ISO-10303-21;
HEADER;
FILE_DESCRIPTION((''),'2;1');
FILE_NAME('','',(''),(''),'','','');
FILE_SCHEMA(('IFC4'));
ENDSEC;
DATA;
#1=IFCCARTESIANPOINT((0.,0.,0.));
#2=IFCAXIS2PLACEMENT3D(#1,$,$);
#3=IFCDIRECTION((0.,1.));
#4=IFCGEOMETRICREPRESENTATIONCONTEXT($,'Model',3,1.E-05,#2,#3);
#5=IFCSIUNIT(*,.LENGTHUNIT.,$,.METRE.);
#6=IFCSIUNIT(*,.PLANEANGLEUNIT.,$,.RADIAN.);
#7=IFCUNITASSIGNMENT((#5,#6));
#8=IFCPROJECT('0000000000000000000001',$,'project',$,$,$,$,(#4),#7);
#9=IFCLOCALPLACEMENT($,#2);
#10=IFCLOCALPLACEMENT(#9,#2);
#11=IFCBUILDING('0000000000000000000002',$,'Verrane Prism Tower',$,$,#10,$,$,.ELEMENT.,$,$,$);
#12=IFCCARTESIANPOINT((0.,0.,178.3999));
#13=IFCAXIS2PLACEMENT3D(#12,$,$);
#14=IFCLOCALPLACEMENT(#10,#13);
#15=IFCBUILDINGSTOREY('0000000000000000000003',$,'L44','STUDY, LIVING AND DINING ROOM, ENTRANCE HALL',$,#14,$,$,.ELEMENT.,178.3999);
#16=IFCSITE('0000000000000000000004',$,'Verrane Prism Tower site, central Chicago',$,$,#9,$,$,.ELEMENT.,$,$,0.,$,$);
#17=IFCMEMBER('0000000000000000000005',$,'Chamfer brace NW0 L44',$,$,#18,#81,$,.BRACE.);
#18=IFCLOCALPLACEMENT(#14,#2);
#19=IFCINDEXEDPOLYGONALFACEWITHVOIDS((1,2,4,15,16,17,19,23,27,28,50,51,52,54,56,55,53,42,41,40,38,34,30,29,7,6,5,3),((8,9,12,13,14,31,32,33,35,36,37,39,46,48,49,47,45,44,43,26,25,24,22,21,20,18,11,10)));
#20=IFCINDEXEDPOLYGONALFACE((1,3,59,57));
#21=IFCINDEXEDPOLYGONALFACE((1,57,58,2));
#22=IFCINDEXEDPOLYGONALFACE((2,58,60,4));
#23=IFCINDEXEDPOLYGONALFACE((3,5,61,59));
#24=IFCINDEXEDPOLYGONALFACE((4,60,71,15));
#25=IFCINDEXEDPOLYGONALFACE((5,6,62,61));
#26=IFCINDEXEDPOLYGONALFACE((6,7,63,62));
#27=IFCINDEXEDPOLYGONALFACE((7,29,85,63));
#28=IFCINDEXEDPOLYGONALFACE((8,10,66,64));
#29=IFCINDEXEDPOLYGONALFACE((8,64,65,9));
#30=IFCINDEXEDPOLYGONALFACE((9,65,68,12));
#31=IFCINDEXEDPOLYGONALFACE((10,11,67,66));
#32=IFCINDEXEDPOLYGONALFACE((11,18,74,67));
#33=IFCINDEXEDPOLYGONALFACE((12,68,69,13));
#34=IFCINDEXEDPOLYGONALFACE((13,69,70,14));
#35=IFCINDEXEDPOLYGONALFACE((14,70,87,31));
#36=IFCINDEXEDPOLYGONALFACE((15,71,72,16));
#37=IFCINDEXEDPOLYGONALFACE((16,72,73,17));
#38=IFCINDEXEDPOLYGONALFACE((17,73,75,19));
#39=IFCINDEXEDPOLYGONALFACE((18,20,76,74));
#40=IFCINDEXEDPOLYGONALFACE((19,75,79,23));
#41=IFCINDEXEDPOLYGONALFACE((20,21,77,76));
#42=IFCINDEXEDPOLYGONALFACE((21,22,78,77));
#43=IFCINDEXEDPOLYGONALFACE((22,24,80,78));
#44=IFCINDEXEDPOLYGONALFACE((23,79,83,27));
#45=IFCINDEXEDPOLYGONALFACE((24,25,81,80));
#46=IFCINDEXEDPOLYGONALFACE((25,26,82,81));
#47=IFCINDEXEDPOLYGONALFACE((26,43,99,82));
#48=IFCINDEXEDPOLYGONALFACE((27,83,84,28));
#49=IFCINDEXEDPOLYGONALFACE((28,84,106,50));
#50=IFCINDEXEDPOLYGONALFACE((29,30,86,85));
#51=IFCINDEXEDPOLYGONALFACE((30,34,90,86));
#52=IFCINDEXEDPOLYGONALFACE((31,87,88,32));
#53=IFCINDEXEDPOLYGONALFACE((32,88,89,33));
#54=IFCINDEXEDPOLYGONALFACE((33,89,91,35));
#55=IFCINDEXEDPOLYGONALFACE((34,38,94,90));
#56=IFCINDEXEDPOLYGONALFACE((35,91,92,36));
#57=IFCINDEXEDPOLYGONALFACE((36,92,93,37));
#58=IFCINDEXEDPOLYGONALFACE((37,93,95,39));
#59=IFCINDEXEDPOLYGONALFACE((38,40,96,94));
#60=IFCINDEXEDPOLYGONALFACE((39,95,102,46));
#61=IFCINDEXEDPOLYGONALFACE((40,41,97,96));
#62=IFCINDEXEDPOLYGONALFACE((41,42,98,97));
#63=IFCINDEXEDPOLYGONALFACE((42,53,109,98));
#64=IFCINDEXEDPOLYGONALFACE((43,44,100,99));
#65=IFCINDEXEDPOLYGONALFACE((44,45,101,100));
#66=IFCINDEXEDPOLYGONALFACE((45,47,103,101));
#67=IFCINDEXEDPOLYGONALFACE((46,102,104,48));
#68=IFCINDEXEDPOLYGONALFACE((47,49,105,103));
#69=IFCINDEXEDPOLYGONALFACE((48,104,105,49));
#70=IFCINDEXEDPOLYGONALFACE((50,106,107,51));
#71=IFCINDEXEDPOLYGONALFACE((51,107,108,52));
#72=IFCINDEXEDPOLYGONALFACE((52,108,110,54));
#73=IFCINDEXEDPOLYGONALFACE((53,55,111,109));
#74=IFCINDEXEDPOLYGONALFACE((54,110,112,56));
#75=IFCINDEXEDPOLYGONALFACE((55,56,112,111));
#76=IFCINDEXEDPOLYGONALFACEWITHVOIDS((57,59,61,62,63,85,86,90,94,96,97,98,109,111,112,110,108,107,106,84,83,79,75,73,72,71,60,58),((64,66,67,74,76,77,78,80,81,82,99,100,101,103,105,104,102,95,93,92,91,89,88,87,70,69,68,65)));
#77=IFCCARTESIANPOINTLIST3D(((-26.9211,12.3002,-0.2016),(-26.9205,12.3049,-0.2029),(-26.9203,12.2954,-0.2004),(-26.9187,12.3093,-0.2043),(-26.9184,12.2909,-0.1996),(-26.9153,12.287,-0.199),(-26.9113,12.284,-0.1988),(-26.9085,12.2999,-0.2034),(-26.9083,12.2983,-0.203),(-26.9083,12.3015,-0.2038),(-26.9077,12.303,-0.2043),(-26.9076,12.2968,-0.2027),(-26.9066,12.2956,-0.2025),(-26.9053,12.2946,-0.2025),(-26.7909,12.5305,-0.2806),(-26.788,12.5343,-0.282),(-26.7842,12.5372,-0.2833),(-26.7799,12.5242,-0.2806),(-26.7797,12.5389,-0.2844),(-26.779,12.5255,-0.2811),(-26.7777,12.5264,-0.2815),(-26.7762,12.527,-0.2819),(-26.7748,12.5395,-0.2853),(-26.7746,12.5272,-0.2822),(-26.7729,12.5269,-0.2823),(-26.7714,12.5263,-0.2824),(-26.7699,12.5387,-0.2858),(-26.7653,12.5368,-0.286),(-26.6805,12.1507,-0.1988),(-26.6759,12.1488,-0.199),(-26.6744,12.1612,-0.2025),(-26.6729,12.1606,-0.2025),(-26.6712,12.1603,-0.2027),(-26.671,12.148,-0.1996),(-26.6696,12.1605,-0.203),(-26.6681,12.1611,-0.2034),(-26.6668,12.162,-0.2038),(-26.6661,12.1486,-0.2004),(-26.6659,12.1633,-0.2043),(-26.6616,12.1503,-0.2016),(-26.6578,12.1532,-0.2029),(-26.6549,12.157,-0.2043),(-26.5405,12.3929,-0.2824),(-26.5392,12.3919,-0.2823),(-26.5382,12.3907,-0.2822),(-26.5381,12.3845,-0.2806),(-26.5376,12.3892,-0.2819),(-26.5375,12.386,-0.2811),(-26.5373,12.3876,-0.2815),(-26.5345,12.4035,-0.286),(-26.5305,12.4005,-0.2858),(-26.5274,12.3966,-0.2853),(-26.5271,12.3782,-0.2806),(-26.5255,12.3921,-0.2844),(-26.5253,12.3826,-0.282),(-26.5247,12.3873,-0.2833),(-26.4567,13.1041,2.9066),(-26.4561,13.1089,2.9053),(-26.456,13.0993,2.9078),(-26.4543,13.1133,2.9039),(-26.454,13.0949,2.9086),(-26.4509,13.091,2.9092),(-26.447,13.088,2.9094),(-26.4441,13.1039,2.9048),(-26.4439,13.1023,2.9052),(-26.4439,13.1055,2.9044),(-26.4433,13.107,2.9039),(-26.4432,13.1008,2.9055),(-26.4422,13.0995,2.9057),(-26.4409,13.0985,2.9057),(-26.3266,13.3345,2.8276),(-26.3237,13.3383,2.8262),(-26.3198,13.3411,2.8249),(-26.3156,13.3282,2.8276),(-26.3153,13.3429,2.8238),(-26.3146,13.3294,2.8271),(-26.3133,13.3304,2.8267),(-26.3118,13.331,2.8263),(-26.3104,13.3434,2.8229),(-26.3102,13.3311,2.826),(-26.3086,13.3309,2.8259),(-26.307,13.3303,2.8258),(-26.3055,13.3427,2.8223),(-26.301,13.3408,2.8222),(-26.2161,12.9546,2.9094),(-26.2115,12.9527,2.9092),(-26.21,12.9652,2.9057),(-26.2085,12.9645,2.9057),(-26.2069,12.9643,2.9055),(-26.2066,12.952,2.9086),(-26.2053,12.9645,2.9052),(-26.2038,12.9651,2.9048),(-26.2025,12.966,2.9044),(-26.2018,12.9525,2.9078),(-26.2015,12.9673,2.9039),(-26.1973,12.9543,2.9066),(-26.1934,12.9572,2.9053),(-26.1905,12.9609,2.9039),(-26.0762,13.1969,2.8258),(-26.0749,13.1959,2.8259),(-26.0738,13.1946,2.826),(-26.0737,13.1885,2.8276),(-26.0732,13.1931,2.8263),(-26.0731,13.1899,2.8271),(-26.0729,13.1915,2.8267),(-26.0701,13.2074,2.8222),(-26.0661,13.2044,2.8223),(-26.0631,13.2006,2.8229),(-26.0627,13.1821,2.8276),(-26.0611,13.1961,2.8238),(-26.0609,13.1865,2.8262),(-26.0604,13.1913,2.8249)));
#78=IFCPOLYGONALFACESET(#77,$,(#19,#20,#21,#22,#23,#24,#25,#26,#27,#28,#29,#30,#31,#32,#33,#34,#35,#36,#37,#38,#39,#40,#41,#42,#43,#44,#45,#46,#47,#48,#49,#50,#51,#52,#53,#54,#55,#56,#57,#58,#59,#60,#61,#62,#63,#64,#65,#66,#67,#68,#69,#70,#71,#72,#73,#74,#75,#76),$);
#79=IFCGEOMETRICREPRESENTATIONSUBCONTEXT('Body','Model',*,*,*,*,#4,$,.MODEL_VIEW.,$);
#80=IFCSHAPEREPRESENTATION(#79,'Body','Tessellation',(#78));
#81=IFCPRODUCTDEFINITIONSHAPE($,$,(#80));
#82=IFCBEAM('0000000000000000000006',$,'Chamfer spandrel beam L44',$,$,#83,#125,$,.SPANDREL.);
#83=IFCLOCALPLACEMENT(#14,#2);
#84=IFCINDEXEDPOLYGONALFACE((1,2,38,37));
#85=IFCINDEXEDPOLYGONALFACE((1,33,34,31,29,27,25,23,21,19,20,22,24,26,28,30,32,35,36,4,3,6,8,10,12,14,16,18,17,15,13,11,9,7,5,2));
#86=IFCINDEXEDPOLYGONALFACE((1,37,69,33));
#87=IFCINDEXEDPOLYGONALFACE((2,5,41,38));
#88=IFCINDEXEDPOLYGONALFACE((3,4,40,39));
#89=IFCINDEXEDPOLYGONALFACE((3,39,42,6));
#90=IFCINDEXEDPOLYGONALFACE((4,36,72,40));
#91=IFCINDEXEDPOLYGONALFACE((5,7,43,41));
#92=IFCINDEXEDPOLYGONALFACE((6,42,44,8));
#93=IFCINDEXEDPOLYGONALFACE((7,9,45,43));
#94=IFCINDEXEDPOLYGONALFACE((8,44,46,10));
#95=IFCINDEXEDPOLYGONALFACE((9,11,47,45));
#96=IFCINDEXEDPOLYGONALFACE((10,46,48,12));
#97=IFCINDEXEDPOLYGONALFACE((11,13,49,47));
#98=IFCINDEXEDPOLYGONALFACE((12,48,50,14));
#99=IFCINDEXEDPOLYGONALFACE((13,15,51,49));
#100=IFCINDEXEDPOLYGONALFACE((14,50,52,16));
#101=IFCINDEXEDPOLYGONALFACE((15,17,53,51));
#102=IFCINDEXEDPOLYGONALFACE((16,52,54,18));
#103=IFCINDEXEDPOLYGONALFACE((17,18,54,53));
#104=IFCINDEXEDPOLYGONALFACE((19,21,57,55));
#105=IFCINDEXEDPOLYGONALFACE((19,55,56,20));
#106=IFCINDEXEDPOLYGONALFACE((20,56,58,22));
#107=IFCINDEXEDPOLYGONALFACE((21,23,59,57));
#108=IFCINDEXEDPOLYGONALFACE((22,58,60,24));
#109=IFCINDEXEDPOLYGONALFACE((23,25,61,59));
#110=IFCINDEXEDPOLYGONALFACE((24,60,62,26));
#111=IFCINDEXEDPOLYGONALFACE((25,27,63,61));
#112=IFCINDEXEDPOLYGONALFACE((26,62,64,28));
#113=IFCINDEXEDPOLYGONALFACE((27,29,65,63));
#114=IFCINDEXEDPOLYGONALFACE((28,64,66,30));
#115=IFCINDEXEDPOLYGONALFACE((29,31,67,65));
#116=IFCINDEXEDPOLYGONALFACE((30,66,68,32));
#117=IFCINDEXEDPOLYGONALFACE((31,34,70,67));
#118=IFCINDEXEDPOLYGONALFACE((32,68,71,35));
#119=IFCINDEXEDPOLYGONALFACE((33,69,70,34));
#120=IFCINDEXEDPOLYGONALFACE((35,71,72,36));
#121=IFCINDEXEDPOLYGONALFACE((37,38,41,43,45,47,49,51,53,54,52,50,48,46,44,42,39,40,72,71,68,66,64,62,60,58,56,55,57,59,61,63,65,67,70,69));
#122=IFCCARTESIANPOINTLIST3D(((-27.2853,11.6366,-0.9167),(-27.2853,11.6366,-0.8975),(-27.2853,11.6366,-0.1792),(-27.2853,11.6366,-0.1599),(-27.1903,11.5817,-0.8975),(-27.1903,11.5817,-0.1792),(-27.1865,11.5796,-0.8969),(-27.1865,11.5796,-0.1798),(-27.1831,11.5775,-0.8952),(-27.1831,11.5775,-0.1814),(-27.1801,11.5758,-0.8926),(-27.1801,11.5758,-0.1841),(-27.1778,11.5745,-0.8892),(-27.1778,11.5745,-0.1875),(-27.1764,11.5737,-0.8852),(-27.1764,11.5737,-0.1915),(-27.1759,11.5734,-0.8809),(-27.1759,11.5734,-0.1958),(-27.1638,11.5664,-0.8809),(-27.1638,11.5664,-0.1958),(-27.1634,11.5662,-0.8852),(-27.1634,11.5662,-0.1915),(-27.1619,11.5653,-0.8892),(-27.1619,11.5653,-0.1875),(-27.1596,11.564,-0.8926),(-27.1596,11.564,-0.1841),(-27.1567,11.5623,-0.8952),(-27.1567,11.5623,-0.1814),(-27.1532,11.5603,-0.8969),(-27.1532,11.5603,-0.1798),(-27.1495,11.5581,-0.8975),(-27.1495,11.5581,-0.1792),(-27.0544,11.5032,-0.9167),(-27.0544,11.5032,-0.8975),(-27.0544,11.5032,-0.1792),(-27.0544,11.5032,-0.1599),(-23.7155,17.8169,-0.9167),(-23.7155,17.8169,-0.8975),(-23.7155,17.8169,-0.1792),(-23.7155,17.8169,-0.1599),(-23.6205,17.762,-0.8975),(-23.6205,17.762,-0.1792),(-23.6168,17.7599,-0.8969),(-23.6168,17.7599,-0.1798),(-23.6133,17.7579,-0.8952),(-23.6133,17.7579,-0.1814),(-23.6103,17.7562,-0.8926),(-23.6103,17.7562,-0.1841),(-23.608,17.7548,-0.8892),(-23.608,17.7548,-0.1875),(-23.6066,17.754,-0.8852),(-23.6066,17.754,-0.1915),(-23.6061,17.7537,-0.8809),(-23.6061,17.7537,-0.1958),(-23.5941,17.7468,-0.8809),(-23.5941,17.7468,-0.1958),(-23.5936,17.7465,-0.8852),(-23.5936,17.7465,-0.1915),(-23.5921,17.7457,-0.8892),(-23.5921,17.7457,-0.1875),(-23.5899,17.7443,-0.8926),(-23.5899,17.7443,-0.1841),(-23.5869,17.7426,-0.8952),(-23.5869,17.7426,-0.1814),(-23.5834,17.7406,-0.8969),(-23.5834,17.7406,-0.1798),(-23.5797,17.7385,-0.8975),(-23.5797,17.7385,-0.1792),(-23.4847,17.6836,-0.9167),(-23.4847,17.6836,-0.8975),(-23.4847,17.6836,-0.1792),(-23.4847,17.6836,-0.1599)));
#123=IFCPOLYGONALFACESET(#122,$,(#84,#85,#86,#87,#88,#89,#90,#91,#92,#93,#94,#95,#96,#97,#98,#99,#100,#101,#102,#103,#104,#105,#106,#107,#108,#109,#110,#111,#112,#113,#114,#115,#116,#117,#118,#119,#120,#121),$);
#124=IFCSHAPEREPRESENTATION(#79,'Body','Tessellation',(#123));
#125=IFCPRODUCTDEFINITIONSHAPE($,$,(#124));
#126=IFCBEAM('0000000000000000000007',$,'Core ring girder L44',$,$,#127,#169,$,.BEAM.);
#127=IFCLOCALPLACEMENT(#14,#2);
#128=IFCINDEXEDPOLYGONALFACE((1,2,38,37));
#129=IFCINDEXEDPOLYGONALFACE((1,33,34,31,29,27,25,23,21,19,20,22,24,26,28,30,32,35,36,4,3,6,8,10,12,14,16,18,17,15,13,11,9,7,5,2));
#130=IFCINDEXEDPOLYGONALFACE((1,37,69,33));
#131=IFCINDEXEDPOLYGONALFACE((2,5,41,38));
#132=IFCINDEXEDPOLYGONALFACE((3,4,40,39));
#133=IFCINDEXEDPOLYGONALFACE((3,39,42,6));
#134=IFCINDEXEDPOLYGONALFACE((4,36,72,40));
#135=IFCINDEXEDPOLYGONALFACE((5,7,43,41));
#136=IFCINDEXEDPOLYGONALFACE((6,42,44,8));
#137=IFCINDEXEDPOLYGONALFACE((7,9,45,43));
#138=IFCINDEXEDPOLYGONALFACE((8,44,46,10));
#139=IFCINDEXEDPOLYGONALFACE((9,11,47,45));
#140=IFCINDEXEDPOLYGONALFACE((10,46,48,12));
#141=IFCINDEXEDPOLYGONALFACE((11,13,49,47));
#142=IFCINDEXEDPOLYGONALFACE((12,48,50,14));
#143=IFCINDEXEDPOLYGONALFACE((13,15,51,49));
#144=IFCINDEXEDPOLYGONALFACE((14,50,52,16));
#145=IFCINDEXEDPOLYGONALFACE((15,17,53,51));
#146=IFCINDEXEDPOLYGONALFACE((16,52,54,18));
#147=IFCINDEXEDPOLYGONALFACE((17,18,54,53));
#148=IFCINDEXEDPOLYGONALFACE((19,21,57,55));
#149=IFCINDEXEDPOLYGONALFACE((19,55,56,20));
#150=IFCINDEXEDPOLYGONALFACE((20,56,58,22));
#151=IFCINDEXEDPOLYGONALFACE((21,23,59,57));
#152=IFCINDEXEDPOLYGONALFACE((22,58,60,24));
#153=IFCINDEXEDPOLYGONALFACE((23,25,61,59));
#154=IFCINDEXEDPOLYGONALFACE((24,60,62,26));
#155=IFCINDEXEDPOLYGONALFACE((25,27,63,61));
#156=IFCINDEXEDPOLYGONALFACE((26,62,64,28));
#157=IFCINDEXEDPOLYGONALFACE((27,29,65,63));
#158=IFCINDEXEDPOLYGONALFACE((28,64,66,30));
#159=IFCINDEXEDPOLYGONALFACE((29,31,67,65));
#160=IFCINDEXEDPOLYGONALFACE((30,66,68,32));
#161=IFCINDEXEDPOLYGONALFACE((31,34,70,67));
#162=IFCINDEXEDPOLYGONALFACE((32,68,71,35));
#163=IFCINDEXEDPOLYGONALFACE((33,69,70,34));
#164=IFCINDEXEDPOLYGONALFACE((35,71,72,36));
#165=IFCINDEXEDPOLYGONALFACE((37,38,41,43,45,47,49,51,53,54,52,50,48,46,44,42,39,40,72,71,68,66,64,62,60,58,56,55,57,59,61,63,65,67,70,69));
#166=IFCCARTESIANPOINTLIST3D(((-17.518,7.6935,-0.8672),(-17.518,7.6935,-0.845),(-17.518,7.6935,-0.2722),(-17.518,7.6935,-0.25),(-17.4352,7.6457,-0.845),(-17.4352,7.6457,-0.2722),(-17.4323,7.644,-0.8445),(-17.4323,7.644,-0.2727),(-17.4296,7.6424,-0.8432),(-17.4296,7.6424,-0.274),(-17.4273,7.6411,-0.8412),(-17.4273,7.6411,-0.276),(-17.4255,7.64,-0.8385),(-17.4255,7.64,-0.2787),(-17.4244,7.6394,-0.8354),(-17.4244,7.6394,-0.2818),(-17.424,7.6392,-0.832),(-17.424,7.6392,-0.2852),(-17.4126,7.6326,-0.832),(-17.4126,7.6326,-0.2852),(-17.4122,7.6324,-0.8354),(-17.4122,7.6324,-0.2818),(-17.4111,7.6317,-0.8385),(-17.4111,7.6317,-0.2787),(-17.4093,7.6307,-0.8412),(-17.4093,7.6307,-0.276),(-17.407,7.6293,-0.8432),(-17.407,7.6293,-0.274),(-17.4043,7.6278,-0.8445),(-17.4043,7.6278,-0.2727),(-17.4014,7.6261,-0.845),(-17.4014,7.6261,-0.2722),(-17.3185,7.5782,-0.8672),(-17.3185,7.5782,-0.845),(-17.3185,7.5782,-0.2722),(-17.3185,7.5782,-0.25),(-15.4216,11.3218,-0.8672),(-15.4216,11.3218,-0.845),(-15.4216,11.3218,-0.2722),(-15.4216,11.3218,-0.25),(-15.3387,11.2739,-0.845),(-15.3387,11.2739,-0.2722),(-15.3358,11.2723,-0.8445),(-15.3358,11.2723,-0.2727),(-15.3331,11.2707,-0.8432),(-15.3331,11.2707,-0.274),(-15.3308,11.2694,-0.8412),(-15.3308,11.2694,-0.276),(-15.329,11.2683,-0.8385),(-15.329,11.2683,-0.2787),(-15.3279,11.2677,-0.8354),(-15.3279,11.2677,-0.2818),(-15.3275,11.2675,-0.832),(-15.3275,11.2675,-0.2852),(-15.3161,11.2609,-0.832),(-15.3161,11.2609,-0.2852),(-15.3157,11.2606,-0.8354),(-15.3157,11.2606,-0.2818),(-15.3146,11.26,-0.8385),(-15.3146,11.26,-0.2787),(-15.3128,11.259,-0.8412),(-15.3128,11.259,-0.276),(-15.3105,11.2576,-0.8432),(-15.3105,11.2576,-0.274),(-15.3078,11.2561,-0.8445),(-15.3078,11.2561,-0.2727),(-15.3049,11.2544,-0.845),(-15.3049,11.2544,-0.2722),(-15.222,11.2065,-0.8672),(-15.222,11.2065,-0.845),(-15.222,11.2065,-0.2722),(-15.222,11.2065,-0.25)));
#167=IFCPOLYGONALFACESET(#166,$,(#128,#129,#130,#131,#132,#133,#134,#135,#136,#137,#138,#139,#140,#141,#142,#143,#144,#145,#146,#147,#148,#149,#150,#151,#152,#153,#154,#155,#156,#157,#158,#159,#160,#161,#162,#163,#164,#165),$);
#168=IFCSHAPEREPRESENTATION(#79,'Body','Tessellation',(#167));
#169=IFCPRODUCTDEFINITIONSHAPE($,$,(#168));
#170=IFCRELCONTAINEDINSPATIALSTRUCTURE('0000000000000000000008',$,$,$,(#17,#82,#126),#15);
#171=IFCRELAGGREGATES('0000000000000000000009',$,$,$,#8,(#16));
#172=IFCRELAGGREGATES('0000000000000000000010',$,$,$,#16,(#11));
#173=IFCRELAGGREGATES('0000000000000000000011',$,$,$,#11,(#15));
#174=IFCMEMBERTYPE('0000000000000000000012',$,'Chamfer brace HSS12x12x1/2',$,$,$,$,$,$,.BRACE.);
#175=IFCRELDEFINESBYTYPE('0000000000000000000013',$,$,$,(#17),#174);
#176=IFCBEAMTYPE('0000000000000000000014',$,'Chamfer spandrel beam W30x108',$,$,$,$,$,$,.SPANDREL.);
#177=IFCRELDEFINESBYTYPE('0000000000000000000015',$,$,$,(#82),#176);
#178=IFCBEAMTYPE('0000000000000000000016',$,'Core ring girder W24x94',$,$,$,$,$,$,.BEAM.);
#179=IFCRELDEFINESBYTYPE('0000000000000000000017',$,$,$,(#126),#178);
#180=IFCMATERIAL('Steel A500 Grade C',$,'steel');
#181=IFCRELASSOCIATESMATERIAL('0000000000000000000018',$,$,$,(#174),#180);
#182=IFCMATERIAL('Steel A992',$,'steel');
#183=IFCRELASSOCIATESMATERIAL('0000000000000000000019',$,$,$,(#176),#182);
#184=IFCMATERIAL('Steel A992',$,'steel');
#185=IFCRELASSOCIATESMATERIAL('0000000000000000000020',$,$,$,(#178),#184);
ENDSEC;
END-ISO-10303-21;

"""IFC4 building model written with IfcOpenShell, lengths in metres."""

from ifc_helpers import new_model, si_unit, direction, frame, origin, origin_2d, place, context, subcontext, project, spatial, hollow_rectangle, i_section, extrude, material, material_profile, profile_set, type_object, element, save


model = new_model("IFC4")

# Units and contexts
model_context = context("Model", 3, precision=1e-05, world=origin(), true_north=direction((0.0, 1.0)))
body_context = subcontext(model_context, "Body", "Model", "MODEL_VIEW")
ifc_project = project(units=[si_unit("LENGTHUNIT", "METRE"), si_unit("PLANEANGLEUNIT", "RADIAN")], contexts=[model_context])

# Site, building, storey
site_placement = place(None, origin())
site = spatial("IfcSite", under=ifc_project, at=site_placement, Name="Verrane Prism Tower site, central Chicago", CompositionType="ELEMENT", RefElevation=0.0)
building_placement = place(site_placement, origin())
building = spatial("IfcBuilding", under=site, at=building_placement, Name="Verrane Prism Tower", CompositionType="ELEMENT")
storey_placement = place(building_placement, frame((0.0, 0.0, 178.3999)))
storey = spatial("IfcBuildingStorey", under=building, at=storey_placement, Name="L44", Description="STUDY, LIVING AND DINING ROOM, ENTRANCE HALL", CompositionType="ELEMENT", Elevation=178.3999)

# Member
ifc_material_1 = material(Name="Steel A500 Grade C", Category="steel")
ifc_material_profile_1 = material_profile(ifc_material_1, hollow_rectangle(XDim=0.3047, YDim=0.3047, WallThickness=0.0127, InnerFilletRadius=0.0063, OuterFilletRadius=0.019, at=origin_2d()), Name="HSS12x12x1/2")
ifc_profile_set_1 = profile_set([ifc_material_profile_1], Name="Steel A500 Grade C")
member_type_1 = type_object("IfcMemberType", Name="Chamfer brace HSS12x12x1/2", PredefinedType="BRACE", material=ifc_profile_set_1)
member_1_placement = place(storey_placement, frame((-26.7229, 12.3438, -0.2424), z_axis=(0.143149, 0.247839, 0.958167), x_axis=(-0.865936, 0.500155, 0.0)))
element("IfcMember", 1, at=member_1_placement, inside=storey, type_object=member_type_1, Name="Chamfer brace NW0 L44", PredefinedType="BRACE", context=body_context, shape_type="SweptSolid", body=[
    extrude(hollow_rectangle(XDim=0.3047, YDim=0.3047, WallThickness=0.0127, InnerFilletRadius=0.0063, OuterFilletRadius=0.019, at=origin_2d()), origin(), (0.0, 0.0, 1.0), 3.2439),
])

# Beams
ifc_material_2 = material(Name="Steel A992", Category="steel")
ifc_material_profile_2 = material_profile(ifc_material_2, i_section(OverallWidth=0.2666, OverallDepth=0.7568, WebThickness=0.0139, FlangeThickness=0.0193, FilletRadius=0.0166, at=origin_2d()), Name="W30x108")
ifc_profile_set_2 = profile_set([ifc_material_profile_2], Name="Steel A992")
beam_type_1 = type_object("IfcBeamType", Name="Chamfer spandrel beam W30x108", PredefinedType="SPANDREL", material=ifc_profile_set_2)
beam_1_placement = place(storey_placement, frame((-23.6001, 17.7502, -0.5383), z_axis=(-0.500164, -0.865931, 0.0), x_axis=(0.865931, -0.500164, 0.0)))
element("IfcBeam", 2, at=beam_1_placement, inside=storey, type_object=beam_type_1, Name="Chamfer spandrel beam L44", PredefinedType="SPANDREL", context=body_context, shape_type="SweptSolid", body=[
    extrude(i_section(OverallWidth=0.2666, OverallDepth=0.7568, WebThickness=0.0139, FlangeThickness=0.0193, FilletRadius=0.0166, at=origin_2d()), origin(), (0.0, 0.0, 1.0), 7.1372),
])
ifc_material_3 = material(Name="Steel A992", Category="steel")
ifc_material_profile_3 = material_profile(ifc_material_3, i_section(OverallWidth=0.2305, OverallDepth=0.6172, WebThickness=0.0132, FlangeThickness=0.0222, FilletRadius=0.0129, at=origin_2d()), Name="W24x94")
ifc_profile_set_3 = profile_set([ifc_material_profile_3], Name="Steel A992")
beam_type_2 = type_object("IfcBeamType", Name="Core ring girder W24x94", PredefinedType="BEAM", material=ifc_profile_set_3)
beam_2_placement = place(storey_placement, frame((-15.3218, 11.2642, -0.5586), z_axis=(-0.500306, -0.865849, 0.0), x_axis=(0.865849, -0.500306, 0.0)))
element("IfcBeam", 3, at=beam_2_placement, inside=storey, type_object=beam_type_2, Name="Core ring girder L44", PredefinedType="BEAM", context=body_context, shape_type="SweptSolid", body=[
    extrude(i_section(OverallWidth=0.2305, OverallDepth=0.6172, WebThickness=0.0132, FlangeThickness=0.0222, FilletRadius=0.0129, at=origin_2d()), origin(), (0.0, 0.0, 1.0), 4.1904),
])

save(model, "model.ifc")
